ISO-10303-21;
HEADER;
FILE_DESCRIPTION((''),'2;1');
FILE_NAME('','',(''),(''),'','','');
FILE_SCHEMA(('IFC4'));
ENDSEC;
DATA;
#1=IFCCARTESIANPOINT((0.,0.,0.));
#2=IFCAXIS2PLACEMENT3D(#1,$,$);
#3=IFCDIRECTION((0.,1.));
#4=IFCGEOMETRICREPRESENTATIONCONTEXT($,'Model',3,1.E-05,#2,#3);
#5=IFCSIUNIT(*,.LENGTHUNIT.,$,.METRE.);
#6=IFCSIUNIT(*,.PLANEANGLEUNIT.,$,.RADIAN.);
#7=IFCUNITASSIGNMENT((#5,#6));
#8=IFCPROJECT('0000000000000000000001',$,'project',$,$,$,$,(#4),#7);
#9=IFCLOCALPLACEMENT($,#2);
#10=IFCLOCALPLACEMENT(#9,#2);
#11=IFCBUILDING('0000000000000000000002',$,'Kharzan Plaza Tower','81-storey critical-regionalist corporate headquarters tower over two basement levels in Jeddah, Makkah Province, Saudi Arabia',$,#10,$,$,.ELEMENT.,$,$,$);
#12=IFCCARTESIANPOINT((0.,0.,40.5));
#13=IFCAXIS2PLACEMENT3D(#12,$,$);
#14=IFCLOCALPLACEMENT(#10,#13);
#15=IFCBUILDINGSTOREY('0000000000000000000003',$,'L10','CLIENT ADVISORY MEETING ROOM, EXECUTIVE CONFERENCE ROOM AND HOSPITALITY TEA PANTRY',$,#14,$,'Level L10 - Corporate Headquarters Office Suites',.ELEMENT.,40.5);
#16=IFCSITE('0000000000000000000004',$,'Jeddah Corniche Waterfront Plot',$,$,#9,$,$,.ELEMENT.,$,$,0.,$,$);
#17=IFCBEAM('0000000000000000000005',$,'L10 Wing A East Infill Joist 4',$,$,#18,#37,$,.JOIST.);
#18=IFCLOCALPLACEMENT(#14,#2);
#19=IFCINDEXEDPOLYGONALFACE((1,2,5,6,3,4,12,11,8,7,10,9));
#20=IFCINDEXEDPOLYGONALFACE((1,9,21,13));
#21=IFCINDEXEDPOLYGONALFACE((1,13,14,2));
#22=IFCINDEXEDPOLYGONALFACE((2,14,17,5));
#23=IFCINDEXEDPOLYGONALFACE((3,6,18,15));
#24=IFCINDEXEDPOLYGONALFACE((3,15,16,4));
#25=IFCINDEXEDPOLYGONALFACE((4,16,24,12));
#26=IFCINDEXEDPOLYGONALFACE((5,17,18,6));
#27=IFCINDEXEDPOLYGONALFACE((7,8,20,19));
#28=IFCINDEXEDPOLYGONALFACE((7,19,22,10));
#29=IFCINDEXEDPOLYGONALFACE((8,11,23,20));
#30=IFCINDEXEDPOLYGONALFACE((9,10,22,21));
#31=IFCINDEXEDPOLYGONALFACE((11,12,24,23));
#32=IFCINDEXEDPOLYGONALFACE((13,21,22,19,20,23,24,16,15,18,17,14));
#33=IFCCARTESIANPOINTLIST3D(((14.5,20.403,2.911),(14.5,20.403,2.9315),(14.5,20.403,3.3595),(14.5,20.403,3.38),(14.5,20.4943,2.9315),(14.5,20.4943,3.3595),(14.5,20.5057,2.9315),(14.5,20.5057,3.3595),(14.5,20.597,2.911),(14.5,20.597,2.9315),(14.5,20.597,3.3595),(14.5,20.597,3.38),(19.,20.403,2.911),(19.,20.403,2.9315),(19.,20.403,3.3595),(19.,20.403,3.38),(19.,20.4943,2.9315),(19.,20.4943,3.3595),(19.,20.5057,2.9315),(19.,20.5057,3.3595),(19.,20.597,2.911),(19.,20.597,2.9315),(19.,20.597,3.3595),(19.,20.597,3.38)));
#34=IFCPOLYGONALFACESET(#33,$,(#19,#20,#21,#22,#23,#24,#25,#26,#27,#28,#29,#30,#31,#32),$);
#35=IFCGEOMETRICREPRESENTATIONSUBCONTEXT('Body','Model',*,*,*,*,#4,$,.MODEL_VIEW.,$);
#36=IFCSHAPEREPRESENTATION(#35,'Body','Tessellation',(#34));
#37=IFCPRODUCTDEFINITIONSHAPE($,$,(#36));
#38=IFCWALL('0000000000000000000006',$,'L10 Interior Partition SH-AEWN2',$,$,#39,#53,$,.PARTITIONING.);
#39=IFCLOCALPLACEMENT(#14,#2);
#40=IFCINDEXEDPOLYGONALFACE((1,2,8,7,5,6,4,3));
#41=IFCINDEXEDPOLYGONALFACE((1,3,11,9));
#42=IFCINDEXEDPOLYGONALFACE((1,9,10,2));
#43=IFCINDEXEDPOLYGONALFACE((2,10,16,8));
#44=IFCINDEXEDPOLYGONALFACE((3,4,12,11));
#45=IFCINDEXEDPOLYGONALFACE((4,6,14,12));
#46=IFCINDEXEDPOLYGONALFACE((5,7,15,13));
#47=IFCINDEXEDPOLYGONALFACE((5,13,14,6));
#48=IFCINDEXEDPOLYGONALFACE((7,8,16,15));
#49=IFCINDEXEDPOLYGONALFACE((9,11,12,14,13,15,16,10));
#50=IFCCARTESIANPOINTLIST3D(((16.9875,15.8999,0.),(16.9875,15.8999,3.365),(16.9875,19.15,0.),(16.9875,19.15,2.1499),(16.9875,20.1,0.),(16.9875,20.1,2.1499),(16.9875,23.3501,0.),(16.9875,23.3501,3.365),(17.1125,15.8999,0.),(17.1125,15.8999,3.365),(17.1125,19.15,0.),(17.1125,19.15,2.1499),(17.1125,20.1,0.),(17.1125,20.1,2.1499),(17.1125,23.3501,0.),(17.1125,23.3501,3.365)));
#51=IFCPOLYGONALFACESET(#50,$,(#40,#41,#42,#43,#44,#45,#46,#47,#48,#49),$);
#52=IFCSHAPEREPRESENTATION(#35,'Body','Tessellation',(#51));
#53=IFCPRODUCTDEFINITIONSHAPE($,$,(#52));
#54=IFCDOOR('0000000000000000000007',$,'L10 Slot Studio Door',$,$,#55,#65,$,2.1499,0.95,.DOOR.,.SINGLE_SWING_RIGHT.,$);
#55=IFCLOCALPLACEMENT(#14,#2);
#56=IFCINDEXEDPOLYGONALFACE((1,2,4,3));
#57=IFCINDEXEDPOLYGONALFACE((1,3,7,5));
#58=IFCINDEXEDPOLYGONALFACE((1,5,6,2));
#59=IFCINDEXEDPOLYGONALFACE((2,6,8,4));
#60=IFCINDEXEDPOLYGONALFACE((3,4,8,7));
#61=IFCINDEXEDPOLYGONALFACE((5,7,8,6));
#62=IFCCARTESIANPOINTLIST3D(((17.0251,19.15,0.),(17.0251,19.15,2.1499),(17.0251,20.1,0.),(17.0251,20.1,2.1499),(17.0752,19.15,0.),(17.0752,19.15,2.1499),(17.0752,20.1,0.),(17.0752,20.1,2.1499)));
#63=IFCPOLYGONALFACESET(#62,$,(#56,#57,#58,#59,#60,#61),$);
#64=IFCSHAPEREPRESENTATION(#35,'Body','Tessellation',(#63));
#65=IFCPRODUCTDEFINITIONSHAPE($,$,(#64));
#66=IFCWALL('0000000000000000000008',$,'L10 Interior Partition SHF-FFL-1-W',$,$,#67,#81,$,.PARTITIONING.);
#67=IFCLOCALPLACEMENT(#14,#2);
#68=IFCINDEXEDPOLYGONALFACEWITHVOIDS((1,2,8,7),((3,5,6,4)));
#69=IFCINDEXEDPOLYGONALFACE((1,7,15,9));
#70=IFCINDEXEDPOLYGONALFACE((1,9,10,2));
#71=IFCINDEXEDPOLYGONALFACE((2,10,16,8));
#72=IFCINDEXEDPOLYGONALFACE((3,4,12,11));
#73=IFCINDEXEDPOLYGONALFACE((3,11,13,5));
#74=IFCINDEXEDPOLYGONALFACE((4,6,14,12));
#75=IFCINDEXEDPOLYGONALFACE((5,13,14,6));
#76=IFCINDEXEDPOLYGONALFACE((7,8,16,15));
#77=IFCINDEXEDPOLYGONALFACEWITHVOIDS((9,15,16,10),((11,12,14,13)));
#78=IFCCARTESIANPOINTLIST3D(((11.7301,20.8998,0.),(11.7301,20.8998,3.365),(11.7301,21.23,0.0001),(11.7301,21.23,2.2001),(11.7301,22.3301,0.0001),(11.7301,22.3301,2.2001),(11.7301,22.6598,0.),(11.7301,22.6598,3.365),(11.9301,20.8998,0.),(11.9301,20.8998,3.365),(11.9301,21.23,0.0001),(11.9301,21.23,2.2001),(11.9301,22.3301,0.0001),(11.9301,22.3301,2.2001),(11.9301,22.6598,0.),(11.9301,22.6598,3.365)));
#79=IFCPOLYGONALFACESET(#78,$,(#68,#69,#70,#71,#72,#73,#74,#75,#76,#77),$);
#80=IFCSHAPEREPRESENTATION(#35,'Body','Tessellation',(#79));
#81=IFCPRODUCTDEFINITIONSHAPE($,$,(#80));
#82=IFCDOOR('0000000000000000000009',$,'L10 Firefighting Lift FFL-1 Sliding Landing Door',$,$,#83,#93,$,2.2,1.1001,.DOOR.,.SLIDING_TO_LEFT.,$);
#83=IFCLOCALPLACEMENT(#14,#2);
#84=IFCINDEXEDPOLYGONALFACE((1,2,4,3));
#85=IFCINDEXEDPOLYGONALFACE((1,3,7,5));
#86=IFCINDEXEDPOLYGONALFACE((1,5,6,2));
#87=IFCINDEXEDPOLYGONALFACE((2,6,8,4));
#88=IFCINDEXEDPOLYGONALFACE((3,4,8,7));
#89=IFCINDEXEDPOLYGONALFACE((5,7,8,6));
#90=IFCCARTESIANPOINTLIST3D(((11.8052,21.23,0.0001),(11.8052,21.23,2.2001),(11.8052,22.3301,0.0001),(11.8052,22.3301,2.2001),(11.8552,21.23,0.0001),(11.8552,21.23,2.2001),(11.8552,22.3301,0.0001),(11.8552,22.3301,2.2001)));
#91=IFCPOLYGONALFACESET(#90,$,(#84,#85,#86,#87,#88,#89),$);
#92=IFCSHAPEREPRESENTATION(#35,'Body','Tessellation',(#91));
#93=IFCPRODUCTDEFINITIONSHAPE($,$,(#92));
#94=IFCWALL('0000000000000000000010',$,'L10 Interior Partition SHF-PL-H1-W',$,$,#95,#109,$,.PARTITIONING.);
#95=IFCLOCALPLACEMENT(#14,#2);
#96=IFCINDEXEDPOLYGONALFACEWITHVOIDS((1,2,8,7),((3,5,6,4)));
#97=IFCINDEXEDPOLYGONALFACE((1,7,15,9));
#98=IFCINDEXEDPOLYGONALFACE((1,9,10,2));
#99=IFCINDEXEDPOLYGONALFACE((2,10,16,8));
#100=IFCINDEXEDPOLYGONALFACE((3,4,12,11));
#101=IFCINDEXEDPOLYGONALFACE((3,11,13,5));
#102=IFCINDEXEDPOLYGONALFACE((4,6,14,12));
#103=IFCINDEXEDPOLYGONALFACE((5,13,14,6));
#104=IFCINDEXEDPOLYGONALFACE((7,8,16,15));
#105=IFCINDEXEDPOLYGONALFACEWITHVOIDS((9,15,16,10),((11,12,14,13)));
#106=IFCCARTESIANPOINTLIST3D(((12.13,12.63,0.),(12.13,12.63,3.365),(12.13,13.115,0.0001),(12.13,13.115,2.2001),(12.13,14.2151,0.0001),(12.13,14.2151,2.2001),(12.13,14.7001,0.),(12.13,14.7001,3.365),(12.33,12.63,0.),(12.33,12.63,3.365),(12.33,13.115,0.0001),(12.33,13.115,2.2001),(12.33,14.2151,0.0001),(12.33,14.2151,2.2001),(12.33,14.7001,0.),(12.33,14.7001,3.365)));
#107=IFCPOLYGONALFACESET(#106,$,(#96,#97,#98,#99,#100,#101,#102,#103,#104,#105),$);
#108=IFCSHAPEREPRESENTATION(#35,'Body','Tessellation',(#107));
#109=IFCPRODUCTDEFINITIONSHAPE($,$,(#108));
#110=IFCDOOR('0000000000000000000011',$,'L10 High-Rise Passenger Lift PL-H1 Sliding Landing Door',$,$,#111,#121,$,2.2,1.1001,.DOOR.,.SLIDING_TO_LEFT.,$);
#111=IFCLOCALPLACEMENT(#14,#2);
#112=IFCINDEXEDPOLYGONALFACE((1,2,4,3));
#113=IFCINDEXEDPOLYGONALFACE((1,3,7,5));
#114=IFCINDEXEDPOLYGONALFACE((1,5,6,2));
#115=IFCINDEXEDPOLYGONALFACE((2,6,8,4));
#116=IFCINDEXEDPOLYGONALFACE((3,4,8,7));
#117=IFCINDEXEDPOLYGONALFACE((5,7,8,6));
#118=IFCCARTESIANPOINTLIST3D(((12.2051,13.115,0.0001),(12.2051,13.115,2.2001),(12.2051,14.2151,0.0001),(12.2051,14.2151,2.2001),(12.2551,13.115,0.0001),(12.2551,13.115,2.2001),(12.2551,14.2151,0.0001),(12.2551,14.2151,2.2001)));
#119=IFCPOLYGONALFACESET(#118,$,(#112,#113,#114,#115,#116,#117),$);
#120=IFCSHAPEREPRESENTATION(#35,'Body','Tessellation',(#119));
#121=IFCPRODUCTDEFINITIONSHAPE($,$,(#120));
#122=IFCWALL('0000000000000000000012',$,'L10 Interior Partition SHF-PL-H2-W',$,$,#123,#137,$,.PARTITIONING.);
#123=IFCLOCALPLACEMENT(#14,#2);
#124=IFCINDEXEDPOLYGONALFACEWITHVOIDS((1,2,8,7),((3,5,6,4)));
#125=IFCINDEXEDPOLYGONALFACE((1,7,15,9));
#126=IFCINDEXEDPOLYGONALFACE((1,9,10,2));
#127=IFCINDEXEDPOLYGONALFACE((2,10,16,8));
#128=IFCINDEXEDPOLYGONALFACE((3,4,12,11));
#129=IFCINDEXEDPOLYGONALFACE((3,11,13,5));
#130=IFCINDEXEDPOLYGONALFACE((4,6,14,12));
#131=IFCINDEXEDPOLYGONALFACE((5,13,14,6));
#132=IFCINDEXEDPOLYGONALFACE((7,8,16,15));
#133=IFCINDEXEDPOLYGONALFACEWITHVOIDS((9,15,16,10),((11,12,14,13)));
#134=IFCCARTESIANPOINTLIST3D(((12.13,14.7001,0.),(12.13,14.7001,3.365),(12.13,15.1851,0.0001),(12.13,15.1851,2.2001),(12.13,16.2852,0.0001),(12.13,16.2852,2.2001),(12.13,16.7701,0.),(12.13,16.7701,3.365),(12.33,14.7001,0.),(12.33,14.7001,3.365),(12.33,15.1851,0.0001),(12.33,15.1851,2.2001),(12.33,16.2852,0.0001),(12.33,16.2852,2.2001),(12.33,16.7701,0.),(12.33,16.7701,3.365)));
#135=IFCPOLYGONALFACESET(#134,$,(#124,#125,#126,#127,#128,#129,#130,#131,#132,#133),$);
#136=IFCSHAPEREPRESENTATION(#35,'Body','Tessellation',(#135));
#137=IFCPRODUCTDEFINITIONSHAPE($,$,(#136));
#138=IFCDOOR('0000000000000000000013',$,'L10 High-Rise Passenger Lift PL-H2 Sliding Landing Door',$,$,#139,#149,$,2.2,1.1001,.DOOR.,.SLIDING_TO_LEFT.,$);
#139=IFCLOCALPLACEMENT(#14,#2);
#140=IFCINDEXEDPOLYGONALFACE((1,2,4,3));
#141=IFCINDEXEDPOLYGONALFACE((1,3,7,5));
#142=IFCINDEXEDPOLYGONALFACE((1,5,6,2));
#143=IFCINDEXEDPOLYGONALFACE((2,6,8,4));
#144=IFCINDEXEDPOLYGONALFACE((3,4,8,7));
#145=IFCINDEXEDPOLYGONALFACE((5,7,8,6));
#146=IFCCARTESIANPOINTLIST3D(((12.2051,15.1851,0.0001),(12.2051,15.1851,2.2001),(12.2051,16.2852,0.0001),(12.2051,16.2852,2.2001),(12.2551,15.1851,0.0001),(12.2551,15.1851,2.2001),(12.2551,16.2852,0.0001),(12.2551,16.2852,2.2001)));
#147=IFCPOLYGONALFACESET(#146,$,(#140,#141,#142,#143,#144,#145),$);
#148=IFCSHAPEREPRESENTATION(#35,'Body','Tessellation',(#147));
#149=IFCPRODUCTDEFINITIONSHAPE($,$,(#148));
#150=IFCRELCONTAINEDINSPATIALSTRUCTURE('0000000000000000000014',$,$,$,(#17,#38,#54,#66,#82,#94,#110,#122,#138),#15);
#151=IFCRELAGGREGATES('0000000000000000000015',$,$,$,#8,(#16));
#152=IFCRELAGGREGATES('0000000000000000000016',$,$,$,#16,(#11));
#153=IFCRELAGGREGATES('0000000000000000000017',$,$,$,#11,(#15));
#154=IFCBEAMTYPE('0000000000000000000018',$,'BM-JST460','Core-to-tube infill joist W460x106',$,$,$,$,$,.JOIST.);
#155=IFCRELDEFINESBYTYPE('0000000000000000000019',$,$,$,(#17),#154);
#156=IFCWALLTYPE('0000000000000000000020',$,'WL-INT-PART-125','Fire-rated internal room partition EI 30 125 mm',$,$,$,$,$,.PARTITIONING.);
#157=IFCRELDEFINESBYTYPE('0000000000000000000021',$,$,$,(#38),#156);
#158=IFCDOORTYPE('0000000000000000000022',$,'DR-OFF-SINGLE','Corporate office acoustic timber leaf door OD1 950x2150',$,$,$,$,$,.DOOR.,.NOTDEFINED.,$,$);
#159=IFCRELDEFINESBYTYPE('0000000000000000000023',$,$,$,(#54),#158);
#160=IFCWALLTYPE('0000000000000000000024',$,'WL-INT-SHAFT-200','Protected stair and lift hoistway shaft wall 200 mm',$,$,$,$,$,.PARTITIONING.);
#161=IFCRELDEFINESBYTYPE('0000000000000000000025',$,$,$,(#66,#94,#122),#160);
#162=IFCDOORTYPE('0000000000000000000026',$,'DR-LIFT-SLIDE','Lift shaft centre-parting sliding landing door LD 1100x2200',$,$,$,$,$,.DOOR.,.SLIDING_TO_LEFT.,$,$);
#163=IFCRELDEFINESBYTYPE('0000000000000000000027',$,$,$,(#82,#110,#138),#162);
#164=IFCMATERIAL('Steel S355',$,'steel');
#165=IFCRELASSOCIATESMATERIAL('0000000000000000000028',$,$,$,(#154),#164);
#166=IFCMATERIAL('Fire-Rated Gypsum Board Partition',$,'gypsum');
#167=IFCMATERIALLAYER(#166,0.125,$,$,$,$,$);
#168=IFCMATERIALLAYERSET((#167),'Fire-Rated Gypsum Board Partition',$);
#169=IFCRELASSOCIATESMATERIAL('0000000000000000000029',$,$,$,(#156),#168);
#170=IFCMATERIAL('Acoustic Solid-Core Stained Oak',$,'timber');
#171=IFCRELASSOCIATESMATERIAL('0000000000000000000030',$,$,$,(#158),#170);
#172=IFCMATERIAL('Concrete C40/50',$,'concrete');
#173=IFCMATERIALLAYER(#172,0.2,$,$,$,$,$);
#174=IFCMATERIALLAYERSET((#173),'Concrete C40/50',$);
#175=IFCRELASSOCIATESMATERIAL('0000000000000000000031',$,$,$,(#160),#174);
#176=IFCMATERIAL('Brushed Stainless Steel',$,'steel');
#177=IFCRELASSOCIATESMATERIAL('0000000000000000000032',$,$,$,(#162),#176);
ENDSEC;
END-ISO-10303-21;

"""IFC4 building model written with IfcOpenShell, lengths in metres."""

from ifc_helpers import new_model, si_unit, direction, frame, frame_2d, origin, origin_2d, place, context, subcontext, project, spatial, rectangle, i_section, extrude, source, transform, mapped, material, layer, layer_set, material_profile, profile_set, type_object, element, fill, save


model = new_model("IFC4")

# Units and contexts
model_context = context("Model", 3, precision=1e-05, world=origin(), true_north=direction((0.0, 1.0)))
body_context = subcontext(model_context, "Body", "Model", "MODEL_VIEW")
ifc_project = project(units=[si_unit("LENGTHUNIT", "METRE"), si_unit("PLANEANGLEUNIT", "RADIAN")], contexts=[model_context])

# Site, building, storey
site_placement = place(None, origin())
site = spatial("IfcSite", under=ifc_project, at=site_placement, Name="Jeddah Corniche Waterfront Plot", CompositionType="ELEMENT", RefElevation=0.0)
building_placement = place(site_placement, origin())
building = spatial("IfcBuilding", under=site, at=building_placement, Name="Kharzan Plaza Tower", Description="81-storey critical-regionalist corporate headquarters tower over two basement levels in Jeddah, Makkah Province, Saudi Arabia", CompositionType="ELEMENT")
storey_placement = place(building_placement, frame((0.0, 0.0, 40.5)))
storey = spatial("IfcBuildingStorey", under=building, at=storey_placement, Name="L10", Description="CLIENT ADVISORY MEETING ROOM, EXECUTIVE CONFERENCE ROOM AND HOSPITALITY TEA PANTRY", LongName="Level L10 - Corporate Headquarters Office Suites", CompositionType="ELEMENT", Elevation=40.5)

# Beam
ifc_material_1 = material(Name="Steel S355", Category="steel")
ifc_material_profile_1 = material_profile(ifc_material_1, i_section(OverallWidth=0.1941, OverallDepth=0.469, WebThickness=0.0115, FlangeThickness=0.0205, at=origin_2d()), Name="W460x106")
ifc_profile_set_1 = profile_set([ifc_material_profile_1], Name="Steel S355")
beam_type_1 = type_object("IfcBeamType", Name="BM-JST460", Description="Core-to-tube infill joist W460x106", PredefinedType="JOIST", material=ifc_profile_set_1)
shared_shape_1 = source(origin(), body_context, "Body", "SweptSolid", [
    extrude(i_section(OverallWidth=0.1941, OverallDepth=0.469, WebThickness=0.0115, FlangeThickness=0.0205, at=origin_2d()), origin(), (0.0, 0.0, 1.0), 4.5),
])
for number, where, z_axis, x_axis, name in (
    (1, (14.5, 20.5, 3.1455), (1.0, 0.0, 0.0), (0.0, 1.0, 0.0), "L10 Wing A East Infill Joist 4"),
):
    element("IfcBeam", number, at=place(storey_placement, frame(where, z_axis=z_axis, x_axis=x_axis)), inside=storey, type_object=beam_type_1, Name=name, PredefinedType="JOIST", context=body_context, shape_type="MappedRepresentation", body=[
        mapped(shared_shape_1, transform((0.0, 0.0, 0.0), x_axis=(1.0, 0.0, 0.0), y_axis=(0.0, 1.0, 0.0), z_axis=(0.0, 0.0, 1.0))),
    ])

# Walls, openings, doors
ifc_material_2 = material(Name="Fire-Rated Gypsum Board Partition", Category="gypsum")
ifc_layer_1 = layer(ifc_material_2, 0.125)
ifc_layer_set_1 = layer_set([ifc_layer_1], Name="Fire-Rated Gypsum Board Partition")
wall_type_1 = type_object("IfcWallType", Name="WL-INT-PART-125", Description="Fire-rated internal room partition EI 30 125 mm", PredefinedType="PARTITIONING", material=ifc_layer_set_1)
ifc_material_3 = material(Name="Acoustic Solid-Core Stained Oak", Category="timber")
door_type_1 = type_object("IfcDoorType", Name="DR-OFF-SINGLE", Description="Corporate office acoustic timber leaf door OD1 950x2150", OperationType="NOTDEFINED", PredefinedType="DOOR", material=ifc_material_3)
shared_shape_2 = source(origin(), body_context, "Body", "SweptSolid", [
    extrude(rectangle(XDim=0.95, YDim=2.1499, at=frame_2d((0.4751, 1.075))), frame((0.0, 0.0249, 0.0), z_axis=(0.0, -1.0, 0.0), x_axis=(1.0, 0.0, 0.0)), (0.0, 0.0, 1.0), 0.05),
])
wall_1_placement = place(storey_placement, frame((17.05, 15.8999, 0.0), z_axis=(0.0, 0.0, 1.0), x_axis=(0.0, 1.0, 0.0)))
wall_1 = element("IfcWall", 2, at=wall_1_placement, inside=storey, type_object=wall_type_1, Name="L10 Interior Partition SH-AEWN2", PredefinedType="PARTITIONING", context=body_context, shape_type="SweptSolid", body=[
    extrude(rectangle(XDim=7.4502, YDim=0.125, at=frame_2d((3.7251, 0.0))), origin(), (0.0, 0.0, 1.0), 3.365),
])
opening_1_placement = place(wall_1_placement, frame((3.25, 0.0, 0.0)))
opening_1 = element("IfcOpeningElement", 3, at=opening_1_placement, cuts=wall_1, PredefinedType="OPENING", context=body_context, shape_type="SweptSolid", body=[
    extrude(rectangle(XDim=0.95, YDim=2.1499, at=frame_2d((0.4751, 1.075))), frame((0.0, 0.0725, 0.0), z_axis=(0.0, -1.0, 0.0), x_axis=(1.0, 0.0, 0.0)), (0.0, 0.0, 1.0), 0.145),
])
door_1_placement = place(opening_1_placement, origin())
door_1 = element("IfcDoor", 4, at=door_1_placement, inside=storey, type_object=door_type_1, Name="L10 Slot Studio Door", OperationType="SINGLE_SWING_RIGHT", OverallHeight=2.1499, OverallWidth=0.95, PredefinedType="DOOR", context=body_context, shape_type="MappedRepresentation", body=[
    mapped(shared_shape_2, transform((0.0, 0.0, 0.0), x_axis=(1.0, 0.0, 0.0), y_axis=(0.0, 1.0, 0.0), z_axis=(0.0, 0.0, 1.0))),
])
fill(opening_1, door_1)
ifc_material_4 = material(Name="Concrete C40/50", Category="concrete")
ifc_layer_2 = layer(ifc_material_4, 0.2)
ifc_layer_set_2 = layer_set([ifc_layer_2], Name="Concrete C40/50")
wall_type_2 = type_object("IfcWallType", Name="WL-INT-SHAFT-200", Description="Protected stair and lift hoistway shaft wall 200 mm", PredefinedType="PARTITIONING", material=ifc_layer_set_2)
wall_2_placement = place(storey_placement, frame((11.8301, 20.8999, 0.0), z_axis=(0.0, 0.0, 1.0), x_axis=(0.0, 1.0, 0.0)))
wall_2 = element("IfcWall", 5, at=wall_2_placement, inside=storey, type_object=wall_type_2, Name="L10 Interior Partition SHF-FFL-1-W", PredefinedType="PARTITIONING", context=body_context, shape_type="SweptSolid", body=[
    extrude(rectangle(XDim=1.76, YDim=0.2, at=frame_2d((0.8799, 0.0))), origin(), (0.0, 0.0, 1.0), 3.365),
])
opening_2_placement = place(wall_2_placement, frame((0.3301, 0.0, 0.0)))
opening_2 = element("IfcOpeningElement", 6, at=opening_2_placement, cuts=wall_2, PredefinedType="OPENING", context=body_context, shape_type="SweptSolid", body=[
    extrude(rectangle(XDim=1.1001, YDim=2.2, at=frame_2d((0.55, 1.1001))), frame((0.0, 0.1099, 0.0), z_axis=(0.0, -1.0, 0.0), x_axis=(1.0, 0.0, 0.0)), (0.0, 0.0, 1.0), 0.22),
])
ifc_material_5 = material(Name="Brushed Stainless Steel", Category="steel")
door_type_2 = type_object("IfcDoorType", Name="DR-LIFT-SLIDE", Description="Lift shaft centre-parting sliding landing door LD 1100x2200", OperationType="SLIDING_TO_LEFT", PredefinedType="DOOR", material=ifc_material_5)
shared_shape_3 = source(origin(), body_context, "Body", "SweptSolid", [
    extrude(rectangle(XDim=1.1001, YDim=2.2, at=frame_2d((0.55, 1.1001))), frame((0.0, 0.0249, 0.0), z_axis=(0.0, -1.0, 0.0), x_axis=(1.0, 0.0, 0.0)), (0.0, 0.0, 1.0), 0.05),
])
door_2_placement = place(opening_2_placement, origin())
door_2 = element("IfcDoor", 7, at=door_2_placement, inside=storey, type_object=door_type_2, Name="L10 Firefighting Lift FFL-1 Sliding Landing Door", OperationType="SLIDING_TO_LEFT", OverallHeight=2.2, OverallWidth=1.1001, PredefinedType="DOOR", context=body_context, shape_type="MappedRepresentation", body=[
    mapped(shared_shape_3, transform((0.0, 0.0, 0.0), x_axis=(1.0, 0.0, 0.0), y_axis=(0.0, 1.0, 0.0), z_axis=(0.0, 0.0, 1.0))),
])
fill(opening_2, door_2)
wall_3_placement = place(storey_placement, frame((12.23, 12.6299, 0.0), z_axis=(0.0, 0.0, 1.0), x_axis=(0.0, 1.0, 0.0)))
wall_3 = element("IfcWall", 8, at=wall_3_placement, inside=storey, type_object=wall_type_2, Name="L10 Interior Partition SHF-PL-H1-W", PredefinedType="PARTITIONING", context=body_context, shape_type="SweptSolid", body=[
    extrude(rectangle(XDim=2.0701, YDim=0.2, at=frame_2d((1.0352, 0.0))), origin(), (0.0, 0.0, 1.0), 3.365),
])
opening_3_placement = place(wall_3_placement, frame((0.4851, 0.0, 0.0)))
opening_3 = element("IfcOpeningElement", 9, at=opening_3_placement, cuts=wall_3, PredefinedType="OPENING", context=body_context, shape_type="SweptSolid", body=[
    extrude(rectangle(XDim=1.1001, YDim=2.2, at=frame_2d((0.55, 1.1001))), frame((0.0, 0.1099, 0.0), z_axis=(0.0, -1.0, 0.0), x_axis=(1.0, 0.0, 0.0)), (0.0, 0.0, 1.0), 0.22),
])
door_3_placement = place(opening_3_placement, origin())
door_3 = element("IfcDoor", 10, at=door_3_placement, inside=storey, type_object=door_type_2, Name="L10 High-Rise Passenger Lift PL-H1 Sliding Landing Door", OperationType="SLIDING_TO_LEFT", OverallHeight=2.2, OverallWidth=1.1001, PredefinedType="DOOR", context=body_context, shape_type="MappedRepresentation", body=[
    mapped(shared_shape_3, transform((0.0, 0.0, 0.0), x_axis=(1.0, 0.0, 0.0), y_axis=(0.0, 1.0, 0.0), z_axis=(0.0, 0.0, 1.0))),
])
fill(opening_3, door_3)
wall_4_placement = place(storey_placement, frame((12.23, 14.7, 0.0), z_axis=(0.0, 0.0, 1.0), x_axis=(0.0, 1.0, 0.0)))
wall_4 = element("IfcWall", 11, at=wall_4_placement, inside=storey, type_object=wall_type_2, Name="L10 Interior Partition SHF-PL-H2-W", PredefinedType="PARTITIONING", context=body_context, shape_type="SweptSolid", body=[
    extrude(rectangle(XDim=2.0701, YDim=0.2, at=frame_2d((1.0352, 0.0))), origin(), (0.0, 0.0, 1.0), 3.365),
])
opening_4_placement = place(wall_4_placement, frame((0.4851, 0.0, 0.0)))
opening_4 = element("IfcOpeningElement", 12, at=opening_4_placement, cuts=wall_4, PredefinedType="OPENING", context=body_context, shape_type="SweptSolid", body=[
    extrude(rectangle(XDim=1.1001, YDim=2.2, at=frame_2d((0.55, 1.1001))), frame((0.0, 0.1099, 0.0), z_axis=(0.0, -1.0, 0.0), x_axis=(1.0, 0.0, 0.0)), (0.0, 0.0, 1.0), 0.22),
])
door_4_placement = place(opening_4_placement, origin())
door_4 = element("IfcDoor", 13, at=door_4_placement, inside=storey, type_object=door_type_2, Name="L10 High-Rise Passenger Lift PL-H2 Sliding Landing Door", OperationType="SLIDING_TO_LEFT", OverallHeight=2.2, OverallWidth=1.1001, PredefinedType="DOOR", context=body_context, shape_type="MappedRepresentation", body=[
    mapped(shared_shape_3, transform((0.0, 0.0, 0.0), x_axis=(1.0, 0.0, 0.0), y_axis=(0.0, 1.0, 0.0), z_axis=(0.0, 0.0, 1.0))),
])
fill(opening_4, door_4)

save(model, "model.ifc")
